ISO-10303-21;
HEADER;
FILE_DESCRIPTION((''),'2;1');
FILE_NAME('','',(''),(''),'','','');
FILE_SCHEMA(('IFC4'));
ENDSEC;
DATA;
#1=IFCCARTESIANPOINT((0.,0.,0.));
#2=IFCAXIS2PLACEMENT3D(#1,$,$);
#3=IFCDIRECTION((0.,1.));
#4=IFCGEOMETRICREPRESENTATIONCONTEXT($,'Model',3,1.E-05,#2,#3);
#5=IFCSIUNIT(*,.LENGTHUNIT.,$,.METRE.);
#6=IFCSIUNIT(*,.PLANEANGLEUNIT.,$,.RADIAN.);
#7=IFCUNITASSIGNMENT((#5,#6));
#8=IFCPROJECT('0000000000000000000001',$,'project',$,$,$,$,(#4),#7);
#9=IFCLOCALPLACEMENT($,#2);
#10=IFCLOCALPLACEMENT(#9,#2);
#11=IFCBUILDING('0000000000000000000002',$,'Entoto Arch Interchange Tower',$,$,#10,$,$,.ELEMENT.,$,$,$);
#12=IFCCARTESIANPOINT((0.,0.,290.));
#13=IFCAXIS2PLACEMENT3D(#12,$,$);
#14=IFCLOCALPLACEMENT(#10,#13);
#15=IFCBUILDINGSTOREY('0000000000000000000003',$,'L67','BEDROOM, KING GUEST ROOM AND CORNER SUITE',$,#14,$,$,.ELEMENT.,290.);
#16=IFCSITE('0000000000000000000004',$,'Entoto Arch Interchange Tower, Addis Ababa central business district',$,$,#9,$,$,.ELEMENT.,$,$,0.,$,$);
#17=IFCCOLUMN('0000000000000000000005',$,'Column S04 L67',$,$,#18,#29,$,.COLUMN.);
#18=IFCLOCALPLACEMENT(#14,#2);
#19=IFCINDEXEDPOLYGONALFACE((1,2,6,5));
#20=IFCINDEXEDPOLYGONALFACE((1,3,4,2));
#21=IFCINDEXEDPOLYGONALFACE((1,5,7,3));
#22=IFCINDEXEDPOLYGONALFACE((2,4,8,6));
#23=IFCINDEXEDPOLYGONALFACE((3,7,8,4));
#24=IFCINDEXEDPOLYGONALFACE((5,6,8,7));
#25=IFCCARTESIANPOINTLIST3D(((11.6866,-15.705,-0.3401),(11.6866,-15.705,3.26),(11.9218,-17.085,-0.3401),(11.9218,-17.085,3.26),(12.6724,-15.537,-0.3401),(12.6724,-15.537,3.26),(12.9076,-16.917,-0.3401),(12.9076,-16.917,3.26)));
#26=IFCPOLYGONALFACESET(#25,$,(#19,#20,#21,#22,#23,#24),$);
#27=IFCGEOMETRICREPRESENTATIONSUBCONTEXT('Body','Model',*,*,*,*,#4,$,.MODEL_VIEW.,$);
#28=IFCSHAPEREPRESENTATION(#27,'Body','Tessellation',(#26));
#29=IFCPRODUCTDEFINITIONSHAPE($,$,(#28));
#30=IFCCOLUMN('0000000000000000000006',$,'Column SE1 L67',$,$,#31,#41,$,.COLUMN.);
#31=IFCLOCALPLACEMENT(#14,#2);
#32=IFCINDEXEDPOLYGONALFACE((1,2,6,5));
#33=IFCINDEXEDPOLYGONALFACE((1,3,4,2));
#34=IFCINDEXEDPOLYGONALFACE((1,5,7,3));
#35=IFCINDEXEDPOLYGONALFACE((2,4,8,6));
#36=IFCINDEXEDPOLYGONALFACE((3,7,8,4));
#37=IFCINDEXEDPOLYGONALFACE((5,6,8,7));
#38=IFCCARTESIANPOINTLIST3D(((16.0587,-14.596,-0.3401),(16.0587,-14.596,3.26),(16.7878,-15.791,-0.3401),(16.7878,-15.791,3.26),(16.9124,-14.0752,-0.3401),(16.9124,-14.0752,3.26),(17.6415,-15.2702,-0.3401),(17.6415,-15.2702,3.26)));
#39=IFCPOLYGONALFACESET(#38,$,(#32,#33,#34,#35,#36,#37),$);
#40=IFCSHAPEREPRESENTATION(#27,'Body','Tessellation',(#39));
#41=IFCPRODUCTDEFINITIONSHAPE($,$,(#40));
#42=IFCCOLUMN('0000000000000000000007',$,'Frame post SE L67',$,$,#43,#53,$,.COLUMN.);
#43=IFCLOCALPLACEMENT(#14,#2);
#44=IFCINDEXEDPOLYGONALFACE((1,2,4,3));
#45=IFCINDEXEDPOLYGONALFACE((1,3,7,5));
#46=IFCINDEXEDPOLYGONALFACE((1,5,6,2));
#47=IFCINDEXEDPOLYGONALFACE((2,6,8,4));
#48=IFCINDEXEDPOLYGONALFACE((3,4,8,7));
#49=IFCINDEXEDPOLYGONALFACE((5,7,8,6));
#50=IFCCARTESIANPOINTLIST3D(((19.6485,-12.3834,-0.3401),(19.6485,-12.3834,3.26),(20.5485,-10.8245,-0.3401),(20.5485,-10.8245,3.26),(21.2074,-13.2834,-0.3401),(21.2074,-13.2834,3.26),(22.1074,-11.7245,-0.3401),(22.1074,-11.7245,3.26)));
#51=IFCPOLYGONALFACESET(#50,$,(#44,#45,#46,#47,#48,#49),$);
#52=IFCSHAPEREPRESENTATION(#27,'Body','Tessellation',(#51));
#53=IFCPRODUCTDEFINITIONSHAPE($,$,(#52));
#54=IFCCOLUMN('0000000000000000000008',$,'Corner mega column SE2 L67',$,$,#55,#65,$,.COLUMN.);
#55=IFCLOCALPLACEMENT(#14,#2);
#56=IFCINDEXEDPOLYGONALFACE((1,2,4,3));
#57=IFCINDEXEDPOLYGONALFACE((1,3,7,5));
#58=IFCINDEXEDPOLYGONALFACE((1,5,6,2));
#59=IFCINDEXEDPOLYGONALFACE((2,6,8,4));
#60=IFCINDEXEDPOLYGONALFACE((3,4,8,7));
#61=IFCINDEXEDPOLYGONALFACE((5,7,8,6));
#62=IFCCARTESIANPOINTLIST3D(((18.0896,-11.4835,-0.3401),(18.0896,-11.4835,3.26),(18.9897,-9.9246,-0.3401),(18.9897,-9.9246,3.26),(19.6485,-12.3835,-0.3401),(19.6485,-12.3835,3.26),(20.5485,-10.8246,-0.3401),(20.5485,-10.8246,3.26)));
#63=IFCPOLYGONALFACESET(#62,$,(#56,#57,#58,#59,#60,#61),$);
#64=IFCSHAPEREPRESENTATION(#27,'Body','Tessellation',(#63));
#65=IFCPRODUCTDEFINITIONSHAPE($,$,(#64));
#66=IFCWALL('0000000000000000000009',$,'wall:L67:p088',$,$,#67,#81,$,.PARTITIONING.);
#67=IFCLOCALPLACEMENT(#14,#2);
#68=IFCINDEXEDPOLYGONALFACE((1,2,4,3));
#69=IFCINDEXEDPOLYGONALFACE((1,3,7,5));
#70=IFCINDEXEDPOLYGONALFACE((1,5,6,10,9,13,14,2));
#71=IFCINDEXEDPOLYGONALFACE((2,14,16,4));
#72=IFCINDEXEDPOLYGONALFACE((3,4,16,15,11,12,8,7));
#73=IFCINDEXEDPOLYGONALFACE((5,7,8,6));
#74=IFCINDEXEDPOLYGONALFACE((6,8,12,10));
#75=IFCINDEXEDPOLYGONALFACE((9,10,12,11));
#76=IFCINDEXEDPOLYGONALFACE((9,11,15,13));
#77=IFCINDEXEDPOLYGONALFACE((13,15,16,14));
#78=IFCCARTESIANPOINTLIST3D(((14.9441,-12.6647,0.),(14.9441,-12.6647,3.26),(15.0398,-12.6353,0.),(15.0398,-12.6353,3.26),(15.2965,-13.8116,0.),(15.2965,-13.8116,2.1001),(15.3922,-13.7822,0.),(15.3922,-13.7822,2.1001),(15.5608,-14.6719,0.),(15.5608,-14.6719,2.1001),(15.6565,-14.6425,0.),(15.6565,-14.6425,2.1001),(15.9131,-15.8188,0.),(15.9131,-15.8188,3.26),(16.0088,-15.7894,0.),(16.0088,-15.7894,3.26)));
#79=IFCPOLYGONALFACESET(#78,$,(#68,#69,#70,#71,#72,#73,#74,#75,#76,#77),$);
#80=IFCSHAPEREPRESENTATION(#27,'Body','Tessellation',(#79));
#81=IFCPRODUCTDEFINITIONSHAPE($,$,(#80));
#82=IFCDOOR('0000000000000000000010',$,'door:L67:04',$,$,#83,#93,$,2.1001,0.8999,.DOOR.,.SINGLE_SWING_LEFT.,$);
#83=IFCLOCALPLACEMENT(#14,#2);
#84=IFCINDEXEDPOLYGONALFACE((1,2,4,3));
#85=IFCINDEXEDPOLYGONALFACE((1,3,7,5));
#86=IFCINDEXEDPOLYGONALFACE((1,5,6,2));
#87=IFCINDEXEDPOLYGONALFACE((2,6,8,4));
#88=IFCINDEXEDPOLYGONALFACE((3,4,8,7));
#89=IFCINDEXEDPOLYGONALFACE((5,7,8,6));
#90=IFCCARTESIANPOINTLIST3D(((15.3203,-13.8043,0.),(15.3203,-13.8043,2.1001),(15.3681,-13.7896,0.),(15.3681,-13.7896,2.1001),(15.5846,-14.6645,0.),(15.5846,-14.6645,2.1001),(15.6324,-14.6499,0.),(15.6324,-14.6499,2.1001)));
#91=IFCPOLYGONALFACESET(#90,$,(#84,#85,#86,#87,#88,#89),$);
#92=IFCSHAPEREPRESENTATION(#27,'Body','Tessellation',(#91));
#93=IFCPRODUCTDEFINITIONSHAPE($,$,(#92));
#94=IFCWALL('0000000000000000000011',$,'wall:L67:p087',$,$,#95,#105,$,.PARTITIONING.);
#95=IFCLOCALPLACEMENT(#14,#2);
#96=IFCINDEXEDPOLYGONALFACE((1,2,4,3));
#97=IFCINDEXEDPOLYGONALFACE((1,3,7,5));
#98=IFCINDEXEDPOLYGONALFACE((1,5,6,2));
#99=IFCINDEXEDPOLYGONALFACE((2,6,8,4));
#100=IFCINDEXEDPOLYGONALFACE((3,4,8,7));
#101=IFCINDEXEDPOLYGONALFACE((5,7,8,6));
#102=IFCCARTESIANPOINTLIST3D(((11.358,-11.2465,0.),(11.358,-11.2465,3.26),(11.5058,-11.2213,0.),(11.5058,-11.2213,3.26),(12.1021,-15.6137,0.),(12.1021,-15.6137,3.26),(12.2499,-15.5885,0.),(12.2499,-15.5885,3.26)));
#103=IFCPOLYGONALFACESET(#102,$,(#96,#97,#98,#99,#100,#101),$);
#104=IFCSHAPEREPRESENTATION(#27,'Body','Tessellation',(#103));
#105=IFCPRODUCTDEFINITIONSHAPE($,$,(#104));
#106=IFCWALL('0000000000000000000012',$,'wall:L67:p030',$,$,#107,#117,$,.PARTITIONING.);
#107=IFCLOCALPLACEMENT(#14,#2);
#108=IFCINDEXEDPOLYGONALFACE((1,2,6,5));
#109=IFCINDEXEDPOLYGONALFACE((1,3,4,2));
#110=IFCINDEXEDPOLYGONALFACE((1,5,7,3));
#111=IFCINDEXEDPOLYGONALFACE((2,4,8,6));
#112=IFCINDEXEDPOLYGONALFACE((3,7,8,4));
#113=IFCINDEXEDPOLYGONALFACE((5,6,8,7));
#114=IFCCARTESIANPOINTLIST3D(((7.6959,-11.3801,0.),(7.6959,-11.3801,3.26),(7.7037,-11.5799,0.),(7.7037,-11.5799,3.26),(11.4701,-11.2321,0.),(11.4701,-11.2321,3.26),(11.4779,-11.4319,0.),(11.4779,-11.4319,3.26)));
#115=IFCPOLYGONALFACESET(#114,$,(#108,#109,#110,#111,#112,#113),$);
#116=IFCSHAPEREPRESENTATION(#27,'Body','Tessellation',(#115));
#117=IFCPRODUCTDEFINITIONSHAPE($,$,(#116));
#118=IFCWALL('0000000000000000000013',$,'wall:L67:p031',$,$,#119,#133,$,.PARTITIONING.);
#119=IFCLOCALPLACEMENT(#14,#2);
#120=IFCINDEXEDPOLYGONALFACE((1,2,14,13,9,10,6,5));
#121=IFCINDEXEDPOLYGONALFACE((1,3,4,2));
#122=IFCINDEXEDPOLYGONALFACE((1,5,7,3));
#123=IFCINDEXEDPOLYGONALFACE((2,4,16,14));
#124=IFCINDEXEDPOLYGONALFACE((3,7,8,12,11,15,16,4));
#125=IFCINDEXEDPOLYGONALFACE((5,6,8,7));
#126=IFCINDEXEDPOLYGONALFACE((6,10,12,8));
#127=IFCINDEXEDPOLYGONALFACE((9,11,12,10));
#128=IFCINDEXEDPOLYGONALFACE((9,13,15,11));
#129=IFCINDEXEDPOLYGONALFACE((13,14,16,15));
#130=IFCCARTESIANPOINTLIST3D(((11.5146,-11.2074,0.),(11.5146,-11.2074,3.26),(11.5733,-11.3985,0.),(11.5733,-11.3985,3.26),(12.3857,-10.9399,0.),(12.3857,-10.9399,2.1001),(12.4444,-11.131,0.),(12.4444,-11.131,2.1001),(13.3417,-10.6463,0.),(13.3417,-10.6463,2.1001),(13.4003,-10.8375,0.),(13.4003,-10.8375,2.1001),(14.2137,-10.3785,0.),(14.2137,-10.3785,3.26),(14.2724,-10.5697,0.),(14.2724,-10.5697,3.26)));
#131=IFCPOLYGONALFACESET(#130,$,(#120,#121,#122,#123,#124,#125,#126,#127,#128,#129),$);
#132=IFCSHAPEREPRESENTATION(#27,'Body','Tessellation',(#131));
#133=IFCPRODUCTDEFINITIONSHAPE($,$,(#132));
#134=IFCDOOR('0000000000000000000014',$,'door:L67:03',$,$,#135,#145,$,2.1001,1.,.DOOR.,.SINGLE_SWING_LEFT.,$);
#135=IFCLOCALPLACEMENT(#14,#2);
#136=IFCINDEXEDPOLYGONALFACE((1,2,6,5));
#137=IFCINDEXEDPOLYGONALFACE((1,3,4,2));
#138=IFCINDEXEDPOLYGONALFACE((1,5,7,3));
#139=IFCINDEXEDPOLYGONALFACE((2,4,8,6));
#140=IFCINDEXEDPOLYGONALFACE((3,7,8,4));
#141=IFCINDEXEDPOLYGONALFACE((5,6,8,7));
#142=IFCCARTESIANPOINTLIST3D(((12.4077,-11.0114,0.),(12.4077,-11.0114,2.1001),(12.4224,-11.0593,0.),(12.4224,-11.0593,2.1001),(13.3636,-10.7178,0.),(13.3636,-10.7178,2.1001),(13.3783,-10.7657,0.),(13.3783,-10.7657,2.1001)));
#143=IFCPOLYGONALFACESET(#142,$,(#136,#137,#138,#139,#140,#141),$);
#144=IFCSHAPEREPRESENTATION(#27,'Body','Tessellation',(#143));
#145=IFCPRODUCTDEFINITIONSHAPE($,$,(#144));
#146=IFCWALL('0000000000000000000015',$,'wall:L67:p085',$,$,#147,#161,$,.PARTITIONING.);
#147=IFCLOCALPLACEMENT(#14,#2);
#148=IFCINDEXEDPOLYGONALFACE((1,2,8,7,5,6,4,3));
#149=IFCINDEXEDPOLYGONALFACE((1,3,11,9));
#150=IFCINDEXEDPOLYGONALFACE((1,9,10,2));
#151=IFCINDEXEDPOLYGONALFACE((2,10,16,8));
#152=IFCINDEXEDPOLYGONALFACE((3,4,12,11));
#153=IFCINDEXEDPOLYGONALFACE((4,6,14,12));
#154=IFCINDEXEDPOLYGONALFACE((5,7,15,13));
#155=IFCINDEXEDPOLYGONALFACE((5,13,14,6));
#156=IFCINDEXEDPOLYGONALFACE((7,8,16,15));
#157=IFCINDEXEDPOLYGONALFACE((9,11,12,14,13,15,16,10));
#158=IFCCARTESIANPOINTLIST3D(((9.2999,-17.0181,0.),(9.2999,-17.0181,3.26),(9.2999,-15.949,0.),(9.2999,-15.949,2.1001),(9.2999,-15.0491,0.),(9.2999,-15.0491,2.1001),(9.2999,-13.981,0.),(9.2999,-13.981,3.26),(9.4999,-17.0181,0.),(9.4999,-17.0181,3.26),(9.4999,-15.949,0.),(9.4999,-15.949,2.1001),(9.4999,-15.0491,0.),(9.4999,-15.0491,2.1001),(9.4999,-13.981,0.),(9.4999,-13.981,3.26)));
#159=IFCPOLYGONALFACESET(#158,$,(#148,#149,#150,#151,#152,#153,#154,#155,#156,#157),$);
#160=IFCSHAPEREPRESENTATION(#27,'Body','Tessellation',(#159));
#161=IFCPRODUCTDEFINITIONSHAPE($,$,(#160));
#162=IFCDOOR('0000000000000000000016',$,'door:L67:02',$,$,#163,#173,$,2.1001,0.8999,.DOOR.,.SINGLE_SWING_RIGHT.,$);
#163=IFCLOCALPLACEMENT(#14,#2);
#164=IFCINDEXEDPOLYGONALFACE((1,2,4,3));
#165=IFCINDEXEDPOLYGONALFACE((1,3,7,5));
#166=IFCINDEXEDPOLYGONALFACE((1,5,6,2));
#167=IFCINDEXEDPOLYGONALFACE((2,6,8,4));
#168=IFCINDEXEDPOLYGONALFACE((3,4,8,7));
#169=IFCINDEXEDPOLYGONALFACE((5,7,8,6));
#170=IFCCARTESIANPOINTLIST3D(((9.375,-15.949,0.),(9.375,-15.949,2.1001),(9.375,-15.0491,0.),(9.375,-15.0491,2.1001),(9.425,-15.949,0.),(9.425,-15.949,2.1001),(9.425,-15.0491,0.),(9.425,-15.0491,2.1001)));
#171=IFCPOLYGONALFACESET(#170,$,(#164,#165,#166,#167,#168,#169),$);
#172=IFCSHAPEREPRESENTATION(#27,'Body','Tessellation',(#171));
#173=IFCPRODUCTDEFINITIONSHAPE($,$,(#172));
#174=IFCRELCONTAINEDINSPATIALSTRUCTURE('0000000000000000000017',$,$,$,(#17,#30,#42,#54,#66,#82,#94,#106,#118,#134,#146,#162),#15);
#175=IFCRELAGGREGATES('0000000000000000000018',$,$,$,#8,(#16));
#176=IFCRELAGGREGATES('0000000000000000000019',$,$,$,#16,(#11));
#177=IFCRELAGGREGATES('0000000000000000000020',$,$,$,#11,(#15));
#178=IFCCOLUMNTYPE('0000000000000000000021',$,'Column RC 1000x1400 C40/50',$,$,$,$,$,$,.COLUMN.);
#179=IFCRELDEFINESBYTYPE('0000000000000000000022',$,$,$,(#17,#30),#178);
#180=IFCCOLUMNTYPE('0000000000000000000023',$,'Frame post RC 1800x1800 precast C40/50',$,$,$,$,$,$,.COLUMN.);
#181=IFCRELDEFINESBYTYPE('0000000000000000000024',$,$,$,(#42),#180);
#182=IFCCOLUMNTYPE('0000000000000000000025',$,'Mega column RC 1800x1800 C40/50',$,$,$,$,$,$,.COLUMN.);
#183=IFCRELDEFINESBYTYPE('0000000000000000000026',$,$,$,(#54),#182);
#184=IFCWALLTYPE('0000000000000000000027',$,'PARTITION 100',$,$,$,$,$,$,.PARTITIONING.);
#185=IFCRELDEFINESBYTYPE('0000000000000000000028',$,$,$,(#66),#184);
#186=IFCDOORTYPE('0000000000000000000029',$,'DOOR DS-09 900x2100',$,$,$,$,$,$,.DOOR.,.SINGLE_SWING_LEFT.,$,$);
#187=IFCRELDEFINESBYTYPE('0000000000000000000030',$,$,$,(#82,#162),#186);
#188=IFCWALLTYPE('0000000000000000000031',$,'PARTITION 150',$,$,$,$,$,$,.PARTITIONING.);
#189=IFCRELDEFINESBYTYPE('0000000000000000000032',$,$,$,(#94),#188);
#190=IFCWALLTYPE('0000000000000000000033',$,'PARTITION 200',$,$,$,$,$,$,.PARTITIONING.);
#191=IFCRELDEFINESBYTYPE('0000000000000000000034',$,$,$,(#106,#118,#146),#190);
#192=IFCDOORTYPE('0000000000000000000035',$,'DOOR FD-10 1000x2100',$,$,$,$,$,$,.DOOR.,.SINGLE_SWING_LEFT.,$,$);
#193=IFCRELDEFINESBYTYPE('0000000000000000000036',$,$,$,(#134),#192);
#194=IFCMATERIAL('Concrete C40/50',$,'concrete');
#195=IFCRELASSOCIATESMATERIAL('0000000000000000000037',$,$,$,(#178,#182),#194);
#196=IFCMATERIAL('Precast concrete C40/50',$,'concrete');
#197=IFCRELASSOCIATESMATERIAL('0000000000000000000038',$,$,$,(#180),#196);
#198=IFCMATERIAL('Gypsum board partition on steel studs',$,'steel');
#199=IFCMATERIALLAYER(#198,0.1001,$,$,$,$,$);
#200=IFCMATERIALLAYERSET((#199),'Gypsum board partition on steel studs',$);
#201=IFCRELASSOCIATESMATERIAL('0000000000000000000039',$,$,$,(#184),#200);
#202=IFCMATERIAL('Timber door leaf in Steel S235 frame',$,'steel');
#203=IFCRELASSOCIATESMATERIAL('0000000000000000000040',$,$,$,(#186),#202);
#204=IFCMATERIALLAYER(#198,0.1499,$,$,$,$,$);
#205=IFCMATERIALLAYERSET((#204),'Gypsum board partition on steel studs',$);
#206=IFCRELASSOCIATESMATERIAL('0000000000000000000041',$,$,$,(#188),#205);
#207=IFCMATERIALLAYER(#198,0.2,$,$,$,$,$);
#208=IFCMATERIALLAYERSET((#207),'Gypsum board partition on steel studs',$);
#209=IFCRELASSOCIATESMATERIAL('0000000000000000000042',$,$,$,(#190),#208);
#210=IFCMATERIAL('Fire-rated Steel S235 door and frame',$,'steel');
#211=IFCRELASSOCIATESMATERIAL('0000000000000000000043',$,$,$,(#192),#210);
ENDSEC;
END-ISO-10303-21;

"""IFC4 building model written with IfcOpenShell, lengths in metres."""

from ifc_helpers import new_model, si_unit, direction, frame, frame_2d, origin, origin_2d, place, context, subcontext, project, spatial, rectangle, extrude, material, layer, layer_set, material_profile, profile_set, type_object, element, fill, save


model = new_model("IFC4")

# Units and contexts
model_context = context("Model", 3, precision=1e-05, world=origin(), true_north=direction((0.0, 1.0)))
body_context = subcontext(model_context, "Body", "Model", "MODEL_VIEW")
ifc_project = project(units=[si_unit("LENGTHUNIT", "METRE"), si_unit("PLANEANGLEUNIT", "RADIAN")], contexts=[model_context])

# Site, building, storey
site_placement = place(None, origin())
site = spatial("IfcSite", under=ifc_project, at=site_placement, Name="Entoto Arch Interchange Tower, Addis Ababa central business district", CompositionType="ELEMENT", RefElevation=0.0)
building_placement = place(site_placement, origin())
building = spatial("IfcBuilding", under=site, at=building_placement, Name="Entoto Arch Interchange Tower", CompositionType="ELEMENT")
storey_placement = place(building_placement, frame((0.0, 0.0, 290.0)))
storey = spatial("IfcBuildingStorey", under=building, at=storey_placement, Name="L67", Description="BEDROOM, KING GUEST ROOM AND CORNER SUITE", CompositionType="ELEMENT", Elevation=290.0)

# Columns
ifc_material_1 = material(Name="Concrete C40/50", Category="concrete")
ifc_material_profile_1 = material_profile(ifc_material_1, rectangle(XDim=1.0, YDim=1.3999, at=origin_2d()))
ifc_profile_set_1 = profile_set([ifc_material_profile_1], Name="Concrete C40/50")
column_type_1 = type_object("IfcColumnType", Name="Column RC 1000x1400 C40/50", PredefinedType="COLUMN", material=ifc_profile_set_1)
for number, where, z_axis, x_axis, name in (
    (1, (12.2971, -16.311, -0.3401), (0.0, 0.0, 1.0), (0.985786, 0.168008, 0.0), "Column S04 L67"),
    (2, (16.8501, -14.9331, -0.3401), (0.0, 0.0, 1.0), (0.853651, 0.520846, 0.0), "Column SE1 L67"),
):
    element("IfcColumn", number, at=place(storey_placement, frame(where, z_axis=z_axis, x_axis=x_axis)), inside=storey, type_object=column_type_1, Name=name, PredefinedType="COLUMN", context=body_context, shape_type="SweptSolid", body=[
        extrude(rectangle(XDim=1.0, YDim=1.3999, at=origin_2d()), origin(), (0.0, 0.0, 1.0), 3.6001),
    ])
ifc_material_2 = material(Name="Precast concrete C40/50", Category="concrete")
ifc_material_profile_2 = material_profile(ifc_material_2, rectangle(XDim=1.8, YDim=1.8, at=origin_2d()))
ifc_profile_set_2 = profile_set([ifc_material_profile_2], Name="Precast concrete C40/50")
column_type_2 = type_object("IfcColumnType", Name="Frame post RC 1800x1800 precast C40/50", PredefinedType="COLUMN", material=ifc_profile_set_2)
column_1_placement = place(storey_placement, frame((20.8779, -12.054, -0.3401), z_axis=(0.0, 0.0, 1.0), x_axis=(-0.866025, 0.5, 0.0)))
element("IfcColumn", 3, at=column_1_placement, inside=storey, type_object=column_type_2, Name="Frame post SE L67", PredefinedType="COLUMN", context=body_context, shape_type="SweptSolid", body=[
    extrude(rectangle(XDim=1.8, YDim=1.8, at=origin_2d()), origin(), (0.0, 0.0, 1.0), 3.6001),
])
ifc_material_profile_3 = material_profile(ifc_material_1, rectangle(XDim=1.8, YDim=1.8, at=origin_2d()))
ifc_profile_set_3 = profile_set([ifc_material_profile_3], Name="Concrete C40/50")
column_type_3 = type_object("IfcColumnType", Name="Mega column RC 1800x1800 C40/50", PredefinedType="COLUMN", material=ifc_profile_set_3)
column_2_placement = place(storey_placement, frame((19.3191, -11.1541, -0.3401), z_axis=(0.0, 0.0, 1.0), x_axis=(-0.866025, 0.5, 0.0)))
element("IfcColumn", 4, at=column_2_placement, inside=storey, type_object=column_type_3, Name="Corner mega column SE2 L67", PredefinedType="COLUMN", context=body_context, shape_type="SweptSolid", body=[
    extrude(rectangle(XDim=1.8, YDim=1.8, at=origin_2d()), origin(), (0.0, 0.0, 1.0), 3.6001),
])

# Wall, opening, door
ifc_material_3 = material(Name="Gypsum board partition on steel studs", Category="steel")
ifc_layer_1 = layer(ifc_material_3, 0.1001)
ifc_layer_set_1 = layer_set([ifc_layer_1], Name="Gypsum board partition on steel studs")
wall_type_1 = type_object("IfcWallType", Name="PARTITION 100", PredefinedType="PARTITIONING", material=ifc_layer_set_1)
wall_1_placement = place(storey_placement, frame((14.9919, -12.6499, 0.0), z_axis=(0.0, 0.0, 1.0), x_axis=(0.293675, -0.955905, 0.0)))
wall_1 = element("IfcWall", 5, at=wall_1_placement, inside=storey, type_object=wall_type_1, Name="wall:L67:p088", PredefinedType="PARTITIONING", context=body_context, shape_type="SweptSolid", body=[
    extrude(rectangle(XDim=3.2996, YDim=0.1001, at=frame_2d((1.6499, 0.0))), origin(), (0.0, 0.0, 1.0), 3.26),
])
opening_1_placement = place(wall_1_placement, frame((1.2, 0.0, 0.0)))
opening_1 = element("IfcOpeningElement", 6, at=opening_1_placement, cuts=wall_1, PredefinedType="OPENING", context=body_context, shape_type="SweptSolid", body=[
    extrude(rectangle(XDim=0.8999, YDim=2.1001, at=frame_2d((0.45, 1.05))), frame((0.0, 0.0601, 0.0), z_axis=(0.0, -1.0, 0.0), x_axis=(1.0, 0.0, 0.0)), (0.0, 0.0, 1.0), 0.1201),
])
ifc_material_4 = material(Name="Timber door leaf in Steel S235 frame", Category="steel")
door_type_1 = type_object("IfcDoorType", Name="DOOR DS-09 900x2100", OperationType="SINGLE_SWING_LEFT", PredefinedType="DOOR", material=ifc_material_4)
door_1_placement = place(opening_1_placement, origin())
door_1 = element("IfcDoor", 7, at=door_1_placement, inside=storey, type_object=door_type_1, Name="door:L67:04", OperationType="SINGLE_SWING_LEFT", OverallHeight=2.1001, OverallWidth=0.8999, PredefinedType="DOOR", context=body_context, shape_type="SweptSolid", body=[
    extrude(rectangle(XDim=0.8999, YDim=2.1001, at=frame_2d((0.45, 1.05))), frame((0.0, 0.0249, 0.0), z_axis=(0.0, -1.0, 0.0), x_axis=(1.0, 0.0, 0.0)), (0.0, 0.0, 1.0), 0.05),
])
fill(opening_1, door_1)

# Walls
ifc_layer_2 = layer(ifc_material_3, 0.1499)
ifc_layer_set_2 = layer_set([ifc_layer_2], Name="Gypsum board partition on steel studs")
wall_type_2 = type_object("IfcWallType", Name="PARTITION 150", PredefinedType="PARTITIONING", material=ifc_layer_set_2)
wall_2_placement = place(storey_placement, frame((11.4319, -11.2339, 0.0), z_axis=(0.0, 0.0, 1.0), x_axis=(0.167973, -0.985792, 0.0)))
element("IfcWall", 8, at=wall_2_placement, inside=storey, type_object=wall_type_2, Name="wall:L67:p087", PredefinedType="PARTITIONING", context=body_context, shape_type="SweptSolid", body=[
    extrude(rectangle(XDim=4.4302, YDim=0.1499, at=frame_2d((2.2151, 0.0))), origin(), (0.0, 0.0, 1.0), 3.26),
])
ifc_layer_3 = layer(ifc_material_3, 0.2)
ifc_layer_set_3 = layer_set([ifc_layer_3], Name="Gypsum board partition on steel studs")
wall_type_3 = type_object("IfcWallType", Name="PARTITION 200", PredefinedType="PARTITIONING", material=ifc_layer_set_3)
wall_3_placement = place(storey_placement, frame((11.4741, -11.332, 0.0), z_axis=(0.0, 0.0, 1.0), x_axis=(-0.999233, -0.03917, 0.0)))
element("IfcWall", 9, at=wall_3_placement, inside=storey, type_object=wall_type_3, Name="wall:L67:p030", PredefinedType="PARTITIONING", context=body_context, shape_type="SweptSolid", body=[
    extrude(rectangle(XDim=3.7771, YDim=0.2, at=frame_2d((1.8887, 0.0))), origin(), (0.0, 0.0, 1.0), 3.26),
])

# Walls, openings, doors
wall_4_placement = place(storey_placement, frame((14.2429, -10.4741, 0.0), z_axis=(0.0, 0.0, 1.0), x_axis=(-0.955938, -0.293569, 0.0)))
wall_4 = element("IfcWall", 10, at=wall_4_placement, inside=storey, type_object=wall_type_3, Name="wall:L67:p031", PredefinedType="PARTITIONING", context=body_context, shape_type="SweptSolid", body=[
    extrude(rectangle(XDim=2.8235, YDim=0.2, at=frame_2d((1.4116, 0.0))), origin(), (0.0, 0.0, 1.0), 3.26),
])
opening_2_placement = place(wall_4_placement, frame((0.9121, 0.0, 0.0)))
opening_2 = element("IfcOpeningElement", 11, at=opening_2_placement, cuts=wall_4, PredefinedType="OPENING", context=body_context, shape_type="SweptSolid", body=[
    extrude(rectangle(XDim=1.0, YDim=2.1001, at=frame_2d((0.5, 1.05))), frame((0.0, 0.1099, 0.0), z_axis=(0.0, -1.0, 0.0), x_axis=(1.0, 0.0, 0.0)), (0.0, 0.0, 1.0), 0.22),
])
ifc_material_5 = material(Name="Fire-rated Steel S235 door and frame", Category="steel")
door_type_2 = type_object("IfcDoorType", Name="DOOR FD-10 1000x2100", OperationType="SINGLE_SWING_LEFT", PredefinedType="DOOR", material=ifc_material_5)
door_2_placement = place(opening_2_placement, origin())
door_2 = element("IfcDoor", 12, at=door_2_placement, inside=storey, type_object=door_type_2, Name="door:L67:03", OperationType="SINGLE_SWING_LEFT", OverallHeight=2.1001, OverallWidth=1.0, PredefinedType="DOOR", context=body_context, shape_type="SweptSolid", body=[
    extrude(rectangle(XDim=1.0, YDim=2.1001, at=frame_2d((0.5, 1.05))), frame((0.0, 0.0249, 0.0), z_axis=(0.0, -1.0, 0.0), x_axis=(1.0, 0.0, 0.0)), (0.0, 0.0, 1.0), 0.05),
])
fill(opening_2, door_2)
wall_5_placement = place(storey_placement, frame((9.3999, -17.0181, 0.0), z_axis=(0.0, 0.0, 1.0), x_axis=(0.0, 1.0, 0.0)))
wall_5 = element("IfcWall", 13, at=wall_5_placement, inside=storey, type_object=wall_type_3, Name="wall:L67:p085", PredefinedType="PARTITIONING", context=body_context, shape_type="SweptSolid", body=[
    extrude(rectangle(XDim=3.0371, YDim=0.2, at=frame_2d((1.5186, 0.0))), origin(), (0.0, 0.0, 1.0), 3.26),
])
opening_3_placement = place(wall_5_placement, frame((1.0691, 0.0, 0.0)))
opening_3 = element("IfcOpeningElement", 14, at=opening_3_placement, cuts=wall_5, PredefinedType="OPENING", context=body_context, shape_type="SweptSolid", body=[
    extrude(rectangle(XDim=0.8999, YDim=2.1001, at=frame_2d((0.45, 1.05))), frame((0.0, 0.1099, 0.0), z_axis=(0.0, -1.0, 0.0), x_axis=(1.0, 0.0, 0.0)), (0.0, 0.0, 1.0), 0.22),
])
door_3_placement = place(opening_3_placement, origin())
door_3 = element("IfcDoor", 15, at=door_3_placement, inside=storey, type_object=door_type_1, Name="door:L67:02", OperationType="SINGLE_SWING_RIGHT", OverallHeight=2.1001, OverallWidth=0.8999, PredefinedType="DOOR", context=body_context, shape_type="SweptSolid", body=[
    extrude(rectangle(XDim=0.8999, YDim=2.1001, at=frame_2d((0.45, 1.05))), frame((0.0, 0.0249, 0.0), z_axis=(0.0, -1.0, 0.0), x_axis=(1.0, 0.0, 0.0)), (0.0, 0.0, 1.0), 0.05),
])
fill(opening_3, door_3)

save(model, "model.ifc")
